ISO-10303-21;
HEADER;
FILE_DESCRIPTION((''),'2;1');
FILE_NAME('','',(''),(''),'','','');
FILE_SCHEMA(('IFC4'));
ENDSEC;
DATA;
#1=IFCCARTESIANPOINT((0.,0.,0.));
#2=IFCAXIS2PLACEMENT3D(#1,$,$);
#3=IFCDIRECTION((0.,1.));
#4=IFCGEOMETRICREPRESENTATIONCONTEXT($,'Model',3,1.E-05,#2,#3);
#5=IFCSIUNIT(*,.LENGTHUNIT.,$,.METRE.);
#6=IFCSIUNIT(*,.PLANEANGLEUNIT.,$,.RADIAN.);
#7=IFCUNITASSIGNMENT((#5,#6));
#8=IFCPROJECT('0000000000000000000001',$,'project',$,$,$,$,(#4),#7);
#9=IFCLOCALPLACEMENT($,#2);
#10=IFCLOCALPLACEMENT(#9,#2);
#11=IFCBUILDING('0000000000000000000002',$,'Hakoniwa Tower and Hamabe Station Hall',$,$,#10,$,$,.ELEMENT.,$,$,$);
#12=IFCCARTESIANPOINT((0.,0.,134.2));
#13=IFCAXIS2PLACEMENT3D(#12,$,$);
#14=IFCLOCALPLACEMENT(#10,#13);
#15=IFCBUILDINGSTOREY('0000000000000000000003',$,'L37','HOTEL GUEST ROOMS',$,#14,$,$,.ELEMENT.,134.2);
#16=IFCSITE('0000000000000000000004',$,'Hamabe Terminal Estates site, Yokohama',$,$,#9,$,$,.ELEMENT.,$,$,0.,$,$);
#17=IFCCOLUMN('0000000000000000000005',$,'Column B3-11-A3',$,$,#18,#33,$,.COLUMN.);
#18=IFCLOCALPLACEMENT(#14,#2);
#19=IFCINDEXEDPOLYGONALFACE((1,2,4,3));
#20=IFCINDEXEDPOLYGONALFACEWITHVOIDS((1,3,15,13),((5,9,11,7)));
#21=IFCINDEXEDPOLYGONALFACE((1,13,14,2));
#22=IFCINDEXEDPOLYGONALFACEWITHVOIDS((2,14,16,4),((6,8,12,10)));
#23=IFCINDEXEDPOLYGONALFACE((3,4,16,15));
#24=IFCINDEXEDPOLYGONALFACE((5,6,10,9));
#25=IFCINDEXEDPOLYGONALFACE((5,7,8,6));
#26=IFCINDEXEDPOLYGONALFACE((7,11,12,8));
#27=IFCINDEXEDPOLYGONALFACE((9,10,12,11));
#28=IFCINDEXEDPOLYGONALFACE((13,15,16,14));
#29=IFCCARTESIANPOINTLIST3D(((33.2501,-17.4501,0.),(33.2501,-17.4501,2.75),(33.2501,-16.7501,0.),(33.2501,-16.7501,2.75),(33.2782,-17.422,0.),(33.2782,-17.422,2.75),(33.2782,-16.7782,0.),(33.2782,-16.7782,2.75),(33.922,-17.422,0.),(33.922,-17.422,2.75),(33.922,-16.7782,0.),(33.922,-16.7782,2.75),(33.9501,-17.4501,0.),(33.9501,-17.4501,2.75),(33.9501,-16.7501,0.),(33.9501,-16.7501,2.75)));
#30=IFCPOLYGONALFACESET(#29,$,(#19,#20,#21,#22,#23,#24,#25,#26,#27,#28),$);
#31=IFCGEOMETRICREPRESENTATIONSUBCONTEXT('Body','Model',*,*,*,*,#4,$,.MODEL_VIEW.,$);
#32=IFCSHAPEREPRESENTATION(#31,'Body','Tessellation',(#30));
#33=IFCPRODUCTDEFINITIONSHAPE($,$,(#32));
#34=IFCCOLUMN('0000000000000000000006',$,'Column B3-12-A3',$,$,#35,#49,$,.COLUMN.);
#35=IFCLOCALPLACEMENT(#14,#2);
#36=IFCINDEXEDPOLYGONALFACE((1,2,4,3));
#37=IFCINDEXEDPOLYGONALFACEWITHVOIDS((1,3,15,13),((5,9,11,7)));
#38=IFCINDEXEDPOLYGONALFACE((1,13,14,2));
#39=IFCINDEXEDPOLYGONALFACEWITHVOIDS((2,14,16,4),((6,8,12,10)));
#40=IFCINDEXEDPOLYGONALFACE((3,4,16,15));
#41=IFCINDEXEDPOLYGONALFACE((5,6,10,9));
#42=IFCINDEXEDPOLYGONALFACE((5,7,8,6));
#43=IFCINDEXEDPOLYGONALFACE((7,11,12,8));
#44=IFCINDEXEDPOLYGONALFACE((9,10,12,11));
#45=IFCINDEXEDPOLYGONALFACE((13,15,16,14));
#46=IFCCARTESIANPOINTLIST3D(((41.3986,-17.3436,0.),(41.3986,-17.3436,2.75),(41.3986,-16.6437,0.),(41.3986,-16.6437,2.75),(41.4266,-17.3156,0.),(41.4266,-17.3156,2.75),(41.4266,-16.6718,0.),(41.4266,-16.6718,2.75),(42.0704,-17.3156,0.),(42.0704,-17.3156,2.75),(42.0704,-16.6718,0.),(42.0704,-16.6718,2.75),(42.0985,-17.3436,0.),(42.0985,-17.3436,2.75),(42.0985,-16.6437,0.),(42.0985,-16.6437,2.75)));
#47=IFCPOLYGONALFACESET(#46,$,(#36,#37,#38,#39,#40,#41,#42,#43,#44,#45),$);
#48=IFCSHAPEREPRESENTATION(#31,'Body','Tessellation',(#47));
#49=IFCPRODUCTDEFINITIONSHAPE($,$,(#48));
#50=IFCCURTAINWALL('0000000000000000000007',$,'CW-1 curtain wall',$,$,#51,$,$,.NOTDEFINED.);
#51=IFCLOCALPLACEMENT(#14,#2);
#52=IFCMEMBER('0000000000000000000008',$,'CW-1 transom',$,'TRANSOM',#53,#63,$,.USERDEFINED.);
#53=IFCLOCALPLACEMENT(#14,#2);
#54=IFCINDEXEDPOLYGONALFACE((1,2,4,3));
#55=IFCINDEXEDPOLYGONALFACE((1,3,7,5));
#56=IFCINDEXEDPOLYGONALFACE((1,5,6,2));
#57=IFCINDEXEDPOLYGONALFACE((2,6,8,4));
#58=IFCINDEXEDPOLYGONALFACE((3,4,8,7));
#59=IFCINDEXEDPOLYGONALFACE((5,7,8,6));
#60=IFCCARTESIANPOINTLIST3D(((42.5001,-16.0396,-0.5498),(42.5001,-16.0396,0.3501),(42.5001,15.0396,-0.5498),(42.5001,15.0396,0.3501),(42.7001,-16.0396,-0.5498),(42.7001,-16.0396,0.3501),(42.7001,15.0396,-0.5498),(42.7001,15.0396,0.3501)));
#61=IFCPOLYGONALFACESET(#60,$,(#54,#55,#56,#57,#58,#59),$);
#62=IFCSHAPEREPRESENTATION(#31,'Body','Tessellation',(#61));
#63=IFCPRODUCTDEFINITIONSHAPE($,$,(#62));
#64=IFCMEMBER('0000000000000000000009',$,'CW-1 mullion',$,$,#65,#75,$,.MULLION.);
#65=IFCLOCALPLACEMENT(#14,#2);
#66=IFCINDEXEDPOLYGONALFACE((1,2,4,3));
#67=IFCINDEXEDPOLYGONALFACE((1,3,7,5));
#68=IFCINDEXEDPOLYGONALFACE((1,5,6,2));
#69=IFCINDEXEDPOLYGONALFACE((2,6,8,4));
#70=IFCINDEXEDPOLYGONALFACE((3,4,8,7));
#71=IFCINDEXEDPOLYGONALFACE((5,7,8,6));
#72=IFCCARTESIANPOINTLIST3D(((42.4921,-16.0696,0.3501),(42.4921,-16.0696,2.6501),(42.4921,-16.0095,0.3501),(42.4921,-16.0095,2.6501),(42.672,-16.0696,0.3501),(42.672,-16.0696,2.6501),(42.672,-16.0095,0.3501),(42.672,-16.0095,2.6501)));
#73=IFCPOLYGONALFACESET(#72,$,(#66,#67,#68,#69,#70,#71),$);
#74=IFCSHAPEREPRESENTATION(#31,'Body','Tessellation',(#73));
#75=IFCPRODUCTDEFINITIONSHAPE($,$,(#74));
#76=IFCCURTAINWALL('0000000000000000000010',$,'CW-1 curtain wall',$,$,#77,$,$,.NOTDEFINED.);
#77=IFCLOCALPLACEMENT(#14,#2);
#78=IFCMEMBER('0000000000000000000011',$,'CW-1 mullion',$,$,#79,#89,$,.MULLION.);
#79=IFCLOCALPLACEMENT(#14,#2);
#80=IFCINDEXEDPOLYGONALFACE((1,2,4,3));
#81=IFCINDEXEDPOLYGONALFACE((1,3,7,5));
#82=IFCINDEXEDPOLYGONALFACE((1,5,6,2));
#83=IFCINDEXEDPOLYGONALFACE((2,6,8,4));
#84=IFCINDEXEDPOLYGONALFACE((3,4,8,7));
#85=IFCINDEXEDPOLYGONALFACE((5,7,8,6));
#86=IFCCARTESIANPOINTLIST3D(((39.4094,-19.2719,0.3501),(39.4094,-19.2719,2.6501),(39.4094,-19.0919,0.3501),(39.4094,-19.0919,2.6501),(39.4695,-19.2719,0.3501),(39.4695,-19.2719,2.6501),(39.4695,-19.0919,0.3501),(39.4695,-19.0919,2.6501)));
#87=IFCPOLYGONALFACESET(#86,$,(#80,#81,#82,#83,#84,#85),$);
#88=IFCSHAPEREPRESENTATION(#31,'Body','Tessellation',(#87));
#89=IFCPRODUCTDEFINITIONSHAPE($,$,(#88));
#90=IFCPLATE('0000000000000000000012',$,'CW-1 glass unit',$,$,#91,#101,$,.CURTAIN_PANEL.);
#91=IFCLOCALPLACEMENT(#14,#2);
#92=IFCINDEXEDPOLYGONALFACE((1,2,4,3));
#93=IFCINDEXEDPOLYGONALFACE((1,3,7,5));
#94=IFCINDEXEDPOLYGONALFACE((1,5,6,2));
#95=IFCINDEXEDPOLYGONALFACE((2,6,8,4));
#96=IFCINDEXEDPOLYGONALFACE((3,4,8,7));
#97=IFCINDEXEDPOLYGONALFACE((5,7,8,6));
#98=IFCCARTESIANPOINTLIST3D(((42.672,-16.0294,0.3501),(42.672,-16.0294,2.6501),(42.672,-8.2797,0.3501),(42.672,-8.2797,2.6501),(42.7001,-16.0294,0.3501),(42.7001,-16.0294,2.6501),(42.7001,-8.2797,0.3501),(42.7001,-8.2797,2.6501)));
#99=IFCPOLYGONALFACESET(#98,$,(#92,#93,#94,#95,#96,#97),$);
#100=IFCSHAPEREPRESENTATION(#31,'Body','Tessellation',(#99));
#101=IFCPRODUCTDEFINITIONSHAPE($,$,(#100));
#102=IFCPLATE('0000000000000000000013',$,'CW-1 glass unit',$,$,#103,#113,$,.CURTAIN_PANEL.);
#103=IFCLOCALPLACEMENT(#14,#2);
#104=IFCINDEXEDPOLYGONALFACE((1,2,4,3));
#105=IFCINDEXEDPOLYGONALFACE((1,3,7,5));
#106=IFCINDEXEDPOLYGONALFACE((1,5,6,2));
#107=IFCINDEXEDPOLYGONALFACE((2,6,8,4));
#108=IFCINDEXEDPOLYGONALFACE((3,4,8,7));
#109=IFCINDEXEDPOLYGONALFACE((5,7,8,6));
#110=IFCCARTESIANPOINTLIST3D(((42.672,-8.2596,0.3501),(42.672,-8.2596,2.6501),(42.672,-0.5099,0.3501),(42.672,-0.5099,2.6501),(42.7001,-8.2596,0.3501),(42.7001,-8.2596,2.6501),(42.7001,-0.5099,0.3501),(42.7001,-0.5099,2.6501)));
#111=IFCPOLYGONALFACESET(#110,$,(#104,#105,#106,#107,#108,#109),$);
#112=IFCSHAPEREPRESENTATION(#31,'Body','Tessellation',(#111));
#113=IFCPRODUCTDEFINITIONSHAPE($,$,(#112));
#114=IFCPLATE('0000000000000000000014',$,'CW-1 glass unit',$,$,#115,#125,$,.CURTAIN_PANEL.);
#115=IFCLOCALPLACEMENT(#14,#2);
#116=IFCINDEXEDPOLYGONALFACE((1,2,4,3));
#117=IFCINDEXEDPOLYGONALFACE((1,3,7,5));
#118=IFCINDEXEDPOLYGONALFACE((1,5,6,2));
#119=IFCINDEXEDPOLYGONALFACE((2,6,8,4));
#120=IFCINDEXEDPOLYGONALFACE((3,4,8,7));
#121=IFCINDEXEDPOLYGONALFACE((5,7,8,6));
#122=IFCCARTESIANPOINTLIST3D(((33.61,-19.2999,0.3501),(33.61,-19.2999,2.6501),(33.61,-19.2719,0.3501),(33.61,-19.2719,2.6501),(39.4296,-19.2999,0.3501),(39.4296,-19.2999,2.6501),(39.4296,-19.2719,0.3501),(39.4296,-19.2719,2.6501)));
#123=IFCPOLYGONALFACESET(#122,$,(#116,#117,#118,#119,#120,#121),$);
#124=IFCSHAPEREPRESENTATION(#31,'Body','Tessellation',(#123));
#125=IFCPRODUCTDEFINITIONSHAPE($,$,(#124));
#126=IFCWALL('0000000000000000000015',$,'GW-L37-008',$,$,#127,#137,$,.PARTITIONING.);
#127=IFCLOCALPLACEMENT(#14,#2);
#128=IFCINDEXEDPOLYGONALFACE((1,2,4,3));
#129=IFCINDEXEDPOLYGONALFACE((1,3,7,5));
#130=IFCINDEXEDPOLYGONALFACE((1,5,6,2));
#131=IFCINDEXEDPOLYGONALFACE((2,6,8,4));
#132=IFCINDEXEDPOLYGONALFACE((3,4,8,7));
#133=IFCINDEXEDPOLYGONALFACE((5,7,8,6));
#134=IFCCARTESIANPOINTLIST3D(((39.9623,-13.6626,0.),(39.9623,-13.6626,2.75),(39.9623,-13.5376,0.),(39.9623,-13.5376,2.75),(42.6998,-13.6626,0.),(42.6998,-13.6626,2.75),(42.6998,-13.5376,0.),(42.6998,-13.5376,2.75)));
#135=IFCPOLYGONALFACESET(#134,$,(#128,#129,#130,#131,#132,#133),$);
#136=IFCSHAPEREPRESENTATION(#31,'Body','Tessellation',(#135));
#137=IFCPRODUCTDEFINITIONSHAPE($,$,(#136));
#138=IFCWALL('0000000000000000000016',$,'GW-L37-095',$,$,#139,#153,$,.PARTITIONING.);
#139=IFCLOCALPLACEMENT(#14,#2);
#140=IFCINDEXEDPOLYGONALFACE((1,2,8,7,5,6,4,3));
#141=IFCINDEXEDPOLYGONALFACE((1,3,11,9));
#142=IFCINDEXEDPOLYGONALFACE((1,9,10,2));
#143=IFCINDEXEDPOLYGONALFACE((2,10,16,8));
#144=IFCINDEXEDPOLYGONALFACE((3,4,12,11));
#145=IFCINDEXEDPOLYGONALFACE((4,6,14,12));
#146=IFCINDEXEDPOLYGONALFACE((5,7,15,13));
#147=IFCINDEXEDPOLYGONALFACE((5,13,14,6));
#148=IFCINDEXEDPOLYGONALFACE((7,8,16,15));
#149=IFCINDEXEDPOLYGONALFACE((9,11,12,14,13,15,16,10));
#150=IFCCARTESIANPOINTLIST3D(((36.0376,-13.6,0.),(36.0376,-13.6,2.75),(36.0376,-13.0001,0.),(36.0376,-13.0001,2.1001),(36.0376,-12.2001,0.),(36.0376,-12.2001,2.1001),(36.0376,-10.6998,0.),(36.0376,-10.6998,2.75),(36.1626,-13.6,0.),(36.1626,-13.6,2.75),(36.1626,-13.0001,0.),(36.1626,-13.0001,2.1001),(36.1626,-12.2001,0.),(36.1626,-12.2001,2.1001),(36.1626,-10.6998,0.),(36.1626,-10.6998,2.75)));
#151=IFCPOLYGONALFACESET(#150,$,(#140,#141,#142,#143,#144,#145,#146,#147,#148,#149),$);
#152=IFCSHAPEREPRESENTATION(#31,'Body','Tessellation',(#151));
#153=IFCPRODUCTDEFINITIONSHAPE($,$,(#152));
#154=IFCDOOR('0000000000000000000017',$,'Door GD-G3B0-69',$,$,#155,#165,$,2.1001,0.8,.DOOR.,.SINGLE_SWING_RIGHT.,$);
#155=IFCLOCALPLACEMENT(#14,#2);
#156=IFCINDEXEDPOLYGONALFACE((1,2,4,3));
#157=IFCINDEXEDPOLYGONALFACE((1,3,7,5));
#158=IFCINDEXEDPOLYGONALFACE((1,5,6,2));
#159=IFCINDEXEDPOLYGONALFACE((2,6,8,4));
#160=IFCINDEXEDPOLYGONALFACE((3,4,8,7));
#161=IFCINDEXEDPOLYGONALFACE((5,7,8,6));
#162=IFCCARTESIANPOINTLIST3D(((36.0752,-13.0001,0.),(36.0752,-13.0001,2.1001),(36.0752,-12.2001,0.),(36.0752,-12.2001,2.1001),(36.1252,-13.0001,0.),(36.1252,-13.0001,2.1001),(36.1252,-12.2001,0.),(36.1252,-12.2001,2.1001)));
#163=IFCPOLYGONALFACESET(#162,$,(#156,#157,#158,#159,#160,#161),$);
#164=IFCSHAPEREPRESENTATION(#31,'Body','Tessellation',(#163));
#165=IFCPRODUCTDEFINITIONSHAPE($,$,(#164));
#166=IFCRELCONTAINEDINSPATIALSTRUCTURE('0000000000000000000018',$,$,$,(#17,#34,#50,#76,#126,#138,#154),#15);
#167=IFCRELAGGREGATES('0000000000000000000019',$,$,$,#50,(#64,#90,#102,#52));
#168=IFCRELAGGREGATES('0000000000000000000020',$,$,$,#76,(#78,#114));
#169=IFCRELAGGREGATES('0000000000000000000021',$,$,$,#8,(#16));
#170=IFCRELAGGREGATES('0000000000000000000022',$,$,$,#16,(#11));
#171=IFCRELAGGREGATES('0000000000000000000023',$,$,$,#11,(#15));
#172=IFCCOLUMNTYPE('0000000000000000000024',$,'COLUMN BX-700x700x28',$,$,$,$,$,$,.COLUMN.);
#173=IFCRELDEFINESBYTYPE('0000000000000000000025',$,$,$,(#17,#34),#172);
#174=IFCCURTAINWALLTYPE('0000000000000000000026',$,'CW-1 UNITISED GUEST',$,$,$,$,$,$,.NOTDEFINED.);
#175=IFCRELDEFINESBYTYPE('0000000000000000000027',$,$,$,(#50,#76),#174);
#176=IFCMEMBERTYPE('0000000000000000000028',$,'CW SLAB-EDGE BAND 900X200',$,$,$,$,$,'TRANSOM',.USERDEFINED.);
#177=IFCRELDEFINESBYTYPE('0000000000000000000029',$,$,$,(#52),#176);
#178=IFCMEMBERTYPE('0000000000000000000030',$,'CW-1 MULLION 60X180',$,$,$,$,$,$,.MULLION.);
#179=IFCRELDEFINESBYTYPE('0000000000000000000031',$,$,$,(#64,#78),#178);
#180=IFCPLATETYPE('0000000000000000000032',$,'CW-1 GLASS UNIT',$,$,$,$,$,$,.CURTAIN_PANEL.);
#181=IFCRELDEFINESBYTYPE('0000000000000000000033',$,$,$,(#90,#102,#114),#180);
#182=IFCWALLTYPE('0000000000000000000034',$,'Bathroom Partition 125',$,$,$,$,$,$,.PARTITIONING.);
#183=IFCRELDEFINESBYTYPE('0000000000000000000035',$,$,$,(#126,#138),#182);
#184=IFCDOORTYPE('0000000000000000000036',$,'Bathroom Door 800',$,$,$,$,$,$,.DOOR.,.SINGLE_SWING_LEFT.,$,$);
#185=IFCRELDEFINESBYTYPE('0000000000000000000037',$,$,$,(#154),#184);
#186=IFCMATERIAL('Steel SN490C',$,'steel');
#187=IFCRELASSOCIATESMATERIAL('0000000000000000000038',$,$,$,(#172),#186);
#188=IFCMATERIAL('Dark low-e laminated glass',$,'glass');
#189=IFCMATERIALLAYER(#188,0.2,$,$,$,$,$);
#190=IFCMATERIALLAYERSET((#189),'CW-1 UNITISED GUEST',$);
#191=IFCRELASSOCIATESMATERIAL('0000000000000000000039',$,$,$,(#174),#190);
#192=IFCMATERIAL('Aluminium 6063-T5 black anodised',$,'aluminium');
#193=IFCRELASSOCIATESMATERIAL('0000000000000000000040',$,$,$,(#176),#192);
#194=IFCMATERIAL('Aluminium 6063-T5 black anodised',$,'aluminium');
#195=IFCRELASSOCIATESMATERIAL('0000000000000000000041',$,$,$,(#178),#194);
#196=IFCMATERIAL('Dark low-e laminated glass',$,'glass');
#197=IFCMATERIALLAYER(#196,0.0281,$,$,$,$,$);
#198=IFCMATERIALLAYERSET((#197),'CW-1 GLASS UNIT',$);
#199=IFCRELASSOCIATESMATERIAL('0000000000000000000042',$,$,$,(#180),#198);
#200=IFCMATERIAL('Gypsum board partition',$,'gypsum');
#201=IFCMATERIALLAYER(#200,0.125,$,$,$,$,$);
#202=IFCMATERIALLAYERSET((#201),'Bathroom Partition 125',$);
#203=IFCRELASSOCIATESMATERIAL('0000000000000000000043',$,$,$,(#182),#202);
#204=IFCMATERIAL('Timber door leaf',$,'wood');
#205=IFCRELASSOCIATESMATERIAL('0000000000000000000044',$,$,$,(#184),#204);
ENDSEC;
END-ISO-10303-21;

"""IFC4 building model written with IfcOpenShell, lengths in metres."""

from ifc_helpers import new_model, si_unit, direction, frame, frame_2d, origin, origin_2d, place, context, subcontext, project, spatial, rectangle, hollow_rectangle, extrude, material, layer, layer_set, material_profile, profile_set, type_object, element, fill, aggregate, save


model = new_model("IFC4")

# Units and contexts
model_context = context("Model", 3, precision=1e-05, world=origin(), true_north=direction((0.0, 1.0)))
body_context = subcontext(model_context, "Body", "Model", "MODEL_VIEW")
ifc_project = project(units=[si_unit("LENGTHUNIT", "METRE"), si_unit("PLANEANGLEUNIT", "RADIAN")], contexts=[model_context])

# Site, building, storey
site_placement = place(None, origin())
site = spatial("IfcSite", under=ifc_project, at=site_placement, Name="Hamabe Terminal Estates site, Yokohama", CompositionType="ELEMENT", RefElevation=0.0)
building_placement = place(site_placement, origin())
building = spatial("IfcBuilding", under=site, at=building_placement, Name="Hakoniwa Tower and Hamabe Station Hall", CompositionType="ELEMENT")
storey_placement = place(building_placement, frame((0.0, 0.0, 134.2)))
storey = spatial("IfcBuildingStorey", under=building, at=storey_placement, Name="L37", Description="HOTEL GUEST ROOMS", CompositionType="ELEMENT", Elevation=134.2)

# Columns
ifc_material_1 = material(Name="Steel SN490C", Category="steel")
ifc_material_profile_1 = material_profile(ifc_material_1, hollow_rectangle(XDim=0.7, YDim=0.7, WallThickness=0.0281, at=origin_2d()), Name="BX-700x700x28")
ifc_profile_set_1 = profile_set([ifc_material_profile_1], Name="Steel SN490C")
column_type = type_object("IfcColumnType", Name="COLUMN BX-700x700x28", PredefinedType="COLUMN", material=ifc_profile_set_1)
for number, where, z_axis, x_axis, name in (
    (1, (33.6001, -17.1001, 0.0), (0.0, 0.0, 1.0), (1.0, 0.0, 0.0), "Column B3-11-A3"),
    (2, (41.7485, -16.9937, 0.0), (0.0, 0.0, 1.0), (1.0, 0.0, 0.0), "Column B3-12-A3"),
):
    element("IfcColumn", number, at=place(storey_placement, frame(where, z_axis=z_axis, x_axis=x_axis)), inside=storey, type_object=column_type, Name=name, PredefinedType="COLUMN", context=body_context, shape_type="SweptSolid", body=[
        extrude(hollow_rectangle(XDim=0.7, YDim=0.7, WallThickness=0.0281, at=origin_2d()), origin(), (0.0, 0.0, 1.0), 2.75),
    ])

# Curtain wall, members
ifc_material_2 = material(Name="Dark low-e laminated glass", Category="glass")
ifc_layer_1 = layer(ifc_material_2, 0.2)
ifc_layer_set_1 = layer_set([ifc_layer_1], Name="CW-1 UNITISED GUEST")
curtain_wall_type = type_object("IfcCurtainWallType", Name="CW-1 UNITISED GUEST", PredefinedType="NOTDEFINED", material=ifc_layer_set_1)
curtain_wall_1_placement = place(storey_placement, origin())
curtain_wall_1 = element("IfcCurtainWall", 3, at=curtain_wall_1_placement, inside=storey, type_object=curtain_wall_type, Name="CW-1 curtain wall", PredefinedType="NOTDEFINED")
ifc_material_3 = material(Name="Aluminium 6063-T5 black anodised", Category="aluminium")
ifc_material_profile_2 = material_profile(ifc_material_3, rectangle(XDim=0.2, YDim=0.8999, at=origin_2d()), Name="CW SLAB-EDGE BAND 900X200")
ifc_profile_set_2 = profile_set([ifc_material_profile_2], Name="Aluminium 6063-T5 black anodised")
member_type_1 = type_object("IfcMemberType", Name="CW SLAB-EDGE BAND 900X200", ElementType="TRANSOM", PredefinedType="USERDEFINED", material=ifc_profile_set_2)
member_1_placement = place(storey_placement, frame((42.6001, -16.0396, -0.0999), z_axis=(0.0, 1.0, 0.0), x_axis=(-1.0, 0.0, 0.0)))
member_1 = element("IfcMember", 4, at=member_1_placement, type_object=member_type_1, Name="CW-1 transom", ObjectType="TRANSOM", PredefinedType="USERDEFINED", context=body_context, shape_type="SweptSolid", body=[
    extrude(rectangle(XDim=0.2, YDim=0.8999, at=origin_2d()), origin(), (0.0, 0.0, 1.0), 31.0791),
])
ifc_material_4 = material(Name="Aluminium 6063-T5 black anodised", Category="aluminium")
ifc_material_profile_3 = material_profile(ifc_material_4, rectangle(XDim=0.0601, YDim=0.1799, at=origin_2d()), Name="CW-1 MULLION 60X180")
ifc_profile_set_3 = profile_set([ifc_material_profile_3], Name="Aluminium 6063-T5 black anodised")
member_type_2 = type_object("IfcMemberType", Name="CW-1 MULLION 60X180", PredefinedType="MULLION", material=ifc_profile_set_3)
member_2_placement = place(storey_placement, frame((42.582, -16.0396, 0.3501), z_axis=(0.0, 0.0, 1.0), x_axis=(0.0, 1.0, 0.0)))
member_2 = element("IfcMember", 5, at=member_2_placement, type_object=member_type_2, Name="CW-1 mullion", PredefinedType="MULLION", context=body_context, shape_type="SweptSolid", body=[
    extrude(rectangle(XDim=0.0601, YDim=0.1799, at=origin_2d()), origin(), (0.0, 0.0, 1.0), 2.3),
])

# Curtain wall, member
curtain_wall_2_placement = place(storey_placement, origin())
curtain_wall_2 = element("IfcCurtainWall", 6, at=curtain_wall_2_placement, inside=storey, type_object=curtain_wall_type, Name="CW-1 curtain wall", PredefinedType="NOTDEFINED")
member_3_placement = place(storey_placement, frame((39.4395, -19.1819, 0.3501), z_axis=(0.0, 0.0, 1.0), x_axis=(1.0, 0.0, 0.0)))
member_3 = element("IfcMember", 7, at=member_3_placement, type_object=member_type_2, Name="CW-1 mullion", PredefinedType="MULLION", context=body_context, shape_type="SweptSolid", body=[
    extrude(rectangle(XDim=0.0601, YDim=0.1799, at=origin_2d()), origin(), (0.0, 0.0, 1.0), 2.3),
])

# Plates
ifc_material_5 = material(Name="Dark low-e laminated glass", Category="glass")
ifc_layer_2 = layer(ifc_material_5, 0.0281)
ifc_layer_set_2 = layer_set([ifc_layer_2], Name="CW-1 GLASS UNIT")
plate_type = type_object("IfcPlateType", Name="CW-1 GLASS UNIT", PredefinedType="CURTAIN_PANEL", material=ifc_layer_set_2)
plate_1_placement = place(storey_placement, frame((42.686, -12.1545, 0.3501), z_axis=(0.0, 0.0, 1.0), x_axis=(0.0, 1.0, 0.0)))
plate_1 = element("IfcPlate", 8, at=plate_1_placement, type_object=plate_type, Name="CW-1 glass unit", PredefinedType="CURTAIN_PANEL", context=body_context, shape_type="SweptSolid", body=[
    extrude(rectangle(XDim=7.7498, YDim=0.0281, at=origin_2d()), origin(), (0.0, 0.0, 1.0), 2.3),
])
plate_2_placement = place(storey_placement, frame((42.686, -4.3848, 0.3501), z_axis=(0.0, 0.0, 1.0), x_axis=(0.0, 1.0, 0.0)))
plate_2 = element("IfcPlate", 9, at=plate_2_placement, type_object=plate_type, Name="CW-1 glass unit", PredefinedType="CURTAIN_PANEL", context=body_context, shape_type="SweptSolid", body=[
    extrude(rectangle(XDim=7.7498, YDim=0.0281, at=origin_2d()), origin(), (0.0, 0.0, 1.0), 2.3),
])
aggregate(curtain_wall_1, [member_2, plate_1, plate_2, member_1])
plate_3_placement = place(storey_placement, frame((36.5198, -19.2859, 0.3501), z_axis=(0.0, 0.0, 1.0), x_axis=(1.0, 0.0, 0.0)))
plate_3 = element("IfcPlate", 10, at=plate_3_placement, type_object=plate_type, Name="CW-1 glass unit", PredefinedType="CURTAIN_PANEL", context=body_context, shape_type="SweptSolid", body=[
    extrude(rectangle(XDim=5.8196, YDim=0.0281, at=origin_2d()), origin(), (0.0, 0.0, 1.0), 2.3),
])
aggregate(curtain_wall_2, [member_3, plate_3])

# Wall
ifc_material_6 = material(Name="Gypsum board partition", Category="gypsum")
ifc_layer_3 = layer(ifc_material_6, 0.125)
ifc_layer_set_3 = layer_set([ifc_layer_3], Name="Bathroom Partition 125")
wall_type_1 = type_object("IfcWallType", Name="Bathroom Partition 125", PredefinedType="PARTITIONING", material=ifc_layer_set_3)
wall_1_placement = place(storey_placement, frame((39.9624, -13.6001, 0.0), z_axis=(0.0, 0.0, 1.0), x_axis=(1.0, 0.0, 0.0)))
element("IfcWall", 11, at=wall_1_placement, inside=storey, type_object=wall_type_1, Name="GW-L37-008", PredefinedType="PARTITIONING", context=body_context, shape_type="SweptSolid", body=[
    extrude(rectangle(XDim=2.7375, YDim=0.125, at=frame_2d((1.3687, 0.0))), origin(), (0.0, 0.0, 1.0), 2.75),
])

# Wall, opening, door
wall_2_placement = place(storey_placement, frame((36.1001, -13.6001, 0.0), z_axis=(0.0, 0.0, 1.0), x_axis=(0.0, 1.0, 0.0)))
wall_2 = element("IfcWall", 12, at=wall_2_placement, inside=storey, type_object=wall_type_1, Name="GW-L37-095", PredefinedType="PARTITIONING", context=body_context, shape_type="SweptSolid", body=[
    extrude(rectangle(XDim=2.9001, YDim=0.125, at=frame_2d((1.4502, 0.0))), origin(), (0.0, 0.0, 1.0), 2.75),
])
opening_1_placement = place(wall_2_placement, frame((0.6001, 0.0, 0.0)))
opening_1 = element("IfcOpeningElement", 13, at=opening_1_placement, cuts=wall_2, PredefinedType="OPENING", context=body_context, shape_type="SweptSolid", body=[
    extrude(rectangle(XDim=0.8, YDim=2.1001, at=frame_2d((0.3999, 1.05))), frame((0.0, 0.0725, 0.0), z_axis=(0.0, -1.0, 0.0), x_axis=(1.0, 0.0, 0.0)), (0.0, 0.0, 1.0), 0.145),
])
ifc_material_7 = material(Name="Timber door leaf", Category="wood")
door_type_1 = type_object("IfcDoorType", Name="Bathroom Door 800", OperationType="SINGLE_SWING_LEFT", PredefinedType="DOOR", material=ifc_material_7)
door_1_placement = place(opening_1_placement, origin())
door_1 = element("IfcDoor", 14, at=door_1_placement, inside=storey, type_object=door_type_1, Name="Door GD-G3B0-69", OperationType="SINGLE_SWING_RIGHT", OverallHeight=2.1001, OverallWidth=0.8, PredefinedType="DOOR", context=body_context, shape_type="SweptSolid", body=[
    extrude(rectangle(XDim=0.8, YDim=2.1001, at=frame_2d((0.3999, 1.05))), frame((0.0, 0.0249, 0.0), z_axis=(0.0, -1.0, 0.0), x_axis=(1.0, 0.0, 0.0)), (0.0, 0.0, 1.0), 0.05),
])
fill(opening_1, door_1)

save(model, "model.ifc")
